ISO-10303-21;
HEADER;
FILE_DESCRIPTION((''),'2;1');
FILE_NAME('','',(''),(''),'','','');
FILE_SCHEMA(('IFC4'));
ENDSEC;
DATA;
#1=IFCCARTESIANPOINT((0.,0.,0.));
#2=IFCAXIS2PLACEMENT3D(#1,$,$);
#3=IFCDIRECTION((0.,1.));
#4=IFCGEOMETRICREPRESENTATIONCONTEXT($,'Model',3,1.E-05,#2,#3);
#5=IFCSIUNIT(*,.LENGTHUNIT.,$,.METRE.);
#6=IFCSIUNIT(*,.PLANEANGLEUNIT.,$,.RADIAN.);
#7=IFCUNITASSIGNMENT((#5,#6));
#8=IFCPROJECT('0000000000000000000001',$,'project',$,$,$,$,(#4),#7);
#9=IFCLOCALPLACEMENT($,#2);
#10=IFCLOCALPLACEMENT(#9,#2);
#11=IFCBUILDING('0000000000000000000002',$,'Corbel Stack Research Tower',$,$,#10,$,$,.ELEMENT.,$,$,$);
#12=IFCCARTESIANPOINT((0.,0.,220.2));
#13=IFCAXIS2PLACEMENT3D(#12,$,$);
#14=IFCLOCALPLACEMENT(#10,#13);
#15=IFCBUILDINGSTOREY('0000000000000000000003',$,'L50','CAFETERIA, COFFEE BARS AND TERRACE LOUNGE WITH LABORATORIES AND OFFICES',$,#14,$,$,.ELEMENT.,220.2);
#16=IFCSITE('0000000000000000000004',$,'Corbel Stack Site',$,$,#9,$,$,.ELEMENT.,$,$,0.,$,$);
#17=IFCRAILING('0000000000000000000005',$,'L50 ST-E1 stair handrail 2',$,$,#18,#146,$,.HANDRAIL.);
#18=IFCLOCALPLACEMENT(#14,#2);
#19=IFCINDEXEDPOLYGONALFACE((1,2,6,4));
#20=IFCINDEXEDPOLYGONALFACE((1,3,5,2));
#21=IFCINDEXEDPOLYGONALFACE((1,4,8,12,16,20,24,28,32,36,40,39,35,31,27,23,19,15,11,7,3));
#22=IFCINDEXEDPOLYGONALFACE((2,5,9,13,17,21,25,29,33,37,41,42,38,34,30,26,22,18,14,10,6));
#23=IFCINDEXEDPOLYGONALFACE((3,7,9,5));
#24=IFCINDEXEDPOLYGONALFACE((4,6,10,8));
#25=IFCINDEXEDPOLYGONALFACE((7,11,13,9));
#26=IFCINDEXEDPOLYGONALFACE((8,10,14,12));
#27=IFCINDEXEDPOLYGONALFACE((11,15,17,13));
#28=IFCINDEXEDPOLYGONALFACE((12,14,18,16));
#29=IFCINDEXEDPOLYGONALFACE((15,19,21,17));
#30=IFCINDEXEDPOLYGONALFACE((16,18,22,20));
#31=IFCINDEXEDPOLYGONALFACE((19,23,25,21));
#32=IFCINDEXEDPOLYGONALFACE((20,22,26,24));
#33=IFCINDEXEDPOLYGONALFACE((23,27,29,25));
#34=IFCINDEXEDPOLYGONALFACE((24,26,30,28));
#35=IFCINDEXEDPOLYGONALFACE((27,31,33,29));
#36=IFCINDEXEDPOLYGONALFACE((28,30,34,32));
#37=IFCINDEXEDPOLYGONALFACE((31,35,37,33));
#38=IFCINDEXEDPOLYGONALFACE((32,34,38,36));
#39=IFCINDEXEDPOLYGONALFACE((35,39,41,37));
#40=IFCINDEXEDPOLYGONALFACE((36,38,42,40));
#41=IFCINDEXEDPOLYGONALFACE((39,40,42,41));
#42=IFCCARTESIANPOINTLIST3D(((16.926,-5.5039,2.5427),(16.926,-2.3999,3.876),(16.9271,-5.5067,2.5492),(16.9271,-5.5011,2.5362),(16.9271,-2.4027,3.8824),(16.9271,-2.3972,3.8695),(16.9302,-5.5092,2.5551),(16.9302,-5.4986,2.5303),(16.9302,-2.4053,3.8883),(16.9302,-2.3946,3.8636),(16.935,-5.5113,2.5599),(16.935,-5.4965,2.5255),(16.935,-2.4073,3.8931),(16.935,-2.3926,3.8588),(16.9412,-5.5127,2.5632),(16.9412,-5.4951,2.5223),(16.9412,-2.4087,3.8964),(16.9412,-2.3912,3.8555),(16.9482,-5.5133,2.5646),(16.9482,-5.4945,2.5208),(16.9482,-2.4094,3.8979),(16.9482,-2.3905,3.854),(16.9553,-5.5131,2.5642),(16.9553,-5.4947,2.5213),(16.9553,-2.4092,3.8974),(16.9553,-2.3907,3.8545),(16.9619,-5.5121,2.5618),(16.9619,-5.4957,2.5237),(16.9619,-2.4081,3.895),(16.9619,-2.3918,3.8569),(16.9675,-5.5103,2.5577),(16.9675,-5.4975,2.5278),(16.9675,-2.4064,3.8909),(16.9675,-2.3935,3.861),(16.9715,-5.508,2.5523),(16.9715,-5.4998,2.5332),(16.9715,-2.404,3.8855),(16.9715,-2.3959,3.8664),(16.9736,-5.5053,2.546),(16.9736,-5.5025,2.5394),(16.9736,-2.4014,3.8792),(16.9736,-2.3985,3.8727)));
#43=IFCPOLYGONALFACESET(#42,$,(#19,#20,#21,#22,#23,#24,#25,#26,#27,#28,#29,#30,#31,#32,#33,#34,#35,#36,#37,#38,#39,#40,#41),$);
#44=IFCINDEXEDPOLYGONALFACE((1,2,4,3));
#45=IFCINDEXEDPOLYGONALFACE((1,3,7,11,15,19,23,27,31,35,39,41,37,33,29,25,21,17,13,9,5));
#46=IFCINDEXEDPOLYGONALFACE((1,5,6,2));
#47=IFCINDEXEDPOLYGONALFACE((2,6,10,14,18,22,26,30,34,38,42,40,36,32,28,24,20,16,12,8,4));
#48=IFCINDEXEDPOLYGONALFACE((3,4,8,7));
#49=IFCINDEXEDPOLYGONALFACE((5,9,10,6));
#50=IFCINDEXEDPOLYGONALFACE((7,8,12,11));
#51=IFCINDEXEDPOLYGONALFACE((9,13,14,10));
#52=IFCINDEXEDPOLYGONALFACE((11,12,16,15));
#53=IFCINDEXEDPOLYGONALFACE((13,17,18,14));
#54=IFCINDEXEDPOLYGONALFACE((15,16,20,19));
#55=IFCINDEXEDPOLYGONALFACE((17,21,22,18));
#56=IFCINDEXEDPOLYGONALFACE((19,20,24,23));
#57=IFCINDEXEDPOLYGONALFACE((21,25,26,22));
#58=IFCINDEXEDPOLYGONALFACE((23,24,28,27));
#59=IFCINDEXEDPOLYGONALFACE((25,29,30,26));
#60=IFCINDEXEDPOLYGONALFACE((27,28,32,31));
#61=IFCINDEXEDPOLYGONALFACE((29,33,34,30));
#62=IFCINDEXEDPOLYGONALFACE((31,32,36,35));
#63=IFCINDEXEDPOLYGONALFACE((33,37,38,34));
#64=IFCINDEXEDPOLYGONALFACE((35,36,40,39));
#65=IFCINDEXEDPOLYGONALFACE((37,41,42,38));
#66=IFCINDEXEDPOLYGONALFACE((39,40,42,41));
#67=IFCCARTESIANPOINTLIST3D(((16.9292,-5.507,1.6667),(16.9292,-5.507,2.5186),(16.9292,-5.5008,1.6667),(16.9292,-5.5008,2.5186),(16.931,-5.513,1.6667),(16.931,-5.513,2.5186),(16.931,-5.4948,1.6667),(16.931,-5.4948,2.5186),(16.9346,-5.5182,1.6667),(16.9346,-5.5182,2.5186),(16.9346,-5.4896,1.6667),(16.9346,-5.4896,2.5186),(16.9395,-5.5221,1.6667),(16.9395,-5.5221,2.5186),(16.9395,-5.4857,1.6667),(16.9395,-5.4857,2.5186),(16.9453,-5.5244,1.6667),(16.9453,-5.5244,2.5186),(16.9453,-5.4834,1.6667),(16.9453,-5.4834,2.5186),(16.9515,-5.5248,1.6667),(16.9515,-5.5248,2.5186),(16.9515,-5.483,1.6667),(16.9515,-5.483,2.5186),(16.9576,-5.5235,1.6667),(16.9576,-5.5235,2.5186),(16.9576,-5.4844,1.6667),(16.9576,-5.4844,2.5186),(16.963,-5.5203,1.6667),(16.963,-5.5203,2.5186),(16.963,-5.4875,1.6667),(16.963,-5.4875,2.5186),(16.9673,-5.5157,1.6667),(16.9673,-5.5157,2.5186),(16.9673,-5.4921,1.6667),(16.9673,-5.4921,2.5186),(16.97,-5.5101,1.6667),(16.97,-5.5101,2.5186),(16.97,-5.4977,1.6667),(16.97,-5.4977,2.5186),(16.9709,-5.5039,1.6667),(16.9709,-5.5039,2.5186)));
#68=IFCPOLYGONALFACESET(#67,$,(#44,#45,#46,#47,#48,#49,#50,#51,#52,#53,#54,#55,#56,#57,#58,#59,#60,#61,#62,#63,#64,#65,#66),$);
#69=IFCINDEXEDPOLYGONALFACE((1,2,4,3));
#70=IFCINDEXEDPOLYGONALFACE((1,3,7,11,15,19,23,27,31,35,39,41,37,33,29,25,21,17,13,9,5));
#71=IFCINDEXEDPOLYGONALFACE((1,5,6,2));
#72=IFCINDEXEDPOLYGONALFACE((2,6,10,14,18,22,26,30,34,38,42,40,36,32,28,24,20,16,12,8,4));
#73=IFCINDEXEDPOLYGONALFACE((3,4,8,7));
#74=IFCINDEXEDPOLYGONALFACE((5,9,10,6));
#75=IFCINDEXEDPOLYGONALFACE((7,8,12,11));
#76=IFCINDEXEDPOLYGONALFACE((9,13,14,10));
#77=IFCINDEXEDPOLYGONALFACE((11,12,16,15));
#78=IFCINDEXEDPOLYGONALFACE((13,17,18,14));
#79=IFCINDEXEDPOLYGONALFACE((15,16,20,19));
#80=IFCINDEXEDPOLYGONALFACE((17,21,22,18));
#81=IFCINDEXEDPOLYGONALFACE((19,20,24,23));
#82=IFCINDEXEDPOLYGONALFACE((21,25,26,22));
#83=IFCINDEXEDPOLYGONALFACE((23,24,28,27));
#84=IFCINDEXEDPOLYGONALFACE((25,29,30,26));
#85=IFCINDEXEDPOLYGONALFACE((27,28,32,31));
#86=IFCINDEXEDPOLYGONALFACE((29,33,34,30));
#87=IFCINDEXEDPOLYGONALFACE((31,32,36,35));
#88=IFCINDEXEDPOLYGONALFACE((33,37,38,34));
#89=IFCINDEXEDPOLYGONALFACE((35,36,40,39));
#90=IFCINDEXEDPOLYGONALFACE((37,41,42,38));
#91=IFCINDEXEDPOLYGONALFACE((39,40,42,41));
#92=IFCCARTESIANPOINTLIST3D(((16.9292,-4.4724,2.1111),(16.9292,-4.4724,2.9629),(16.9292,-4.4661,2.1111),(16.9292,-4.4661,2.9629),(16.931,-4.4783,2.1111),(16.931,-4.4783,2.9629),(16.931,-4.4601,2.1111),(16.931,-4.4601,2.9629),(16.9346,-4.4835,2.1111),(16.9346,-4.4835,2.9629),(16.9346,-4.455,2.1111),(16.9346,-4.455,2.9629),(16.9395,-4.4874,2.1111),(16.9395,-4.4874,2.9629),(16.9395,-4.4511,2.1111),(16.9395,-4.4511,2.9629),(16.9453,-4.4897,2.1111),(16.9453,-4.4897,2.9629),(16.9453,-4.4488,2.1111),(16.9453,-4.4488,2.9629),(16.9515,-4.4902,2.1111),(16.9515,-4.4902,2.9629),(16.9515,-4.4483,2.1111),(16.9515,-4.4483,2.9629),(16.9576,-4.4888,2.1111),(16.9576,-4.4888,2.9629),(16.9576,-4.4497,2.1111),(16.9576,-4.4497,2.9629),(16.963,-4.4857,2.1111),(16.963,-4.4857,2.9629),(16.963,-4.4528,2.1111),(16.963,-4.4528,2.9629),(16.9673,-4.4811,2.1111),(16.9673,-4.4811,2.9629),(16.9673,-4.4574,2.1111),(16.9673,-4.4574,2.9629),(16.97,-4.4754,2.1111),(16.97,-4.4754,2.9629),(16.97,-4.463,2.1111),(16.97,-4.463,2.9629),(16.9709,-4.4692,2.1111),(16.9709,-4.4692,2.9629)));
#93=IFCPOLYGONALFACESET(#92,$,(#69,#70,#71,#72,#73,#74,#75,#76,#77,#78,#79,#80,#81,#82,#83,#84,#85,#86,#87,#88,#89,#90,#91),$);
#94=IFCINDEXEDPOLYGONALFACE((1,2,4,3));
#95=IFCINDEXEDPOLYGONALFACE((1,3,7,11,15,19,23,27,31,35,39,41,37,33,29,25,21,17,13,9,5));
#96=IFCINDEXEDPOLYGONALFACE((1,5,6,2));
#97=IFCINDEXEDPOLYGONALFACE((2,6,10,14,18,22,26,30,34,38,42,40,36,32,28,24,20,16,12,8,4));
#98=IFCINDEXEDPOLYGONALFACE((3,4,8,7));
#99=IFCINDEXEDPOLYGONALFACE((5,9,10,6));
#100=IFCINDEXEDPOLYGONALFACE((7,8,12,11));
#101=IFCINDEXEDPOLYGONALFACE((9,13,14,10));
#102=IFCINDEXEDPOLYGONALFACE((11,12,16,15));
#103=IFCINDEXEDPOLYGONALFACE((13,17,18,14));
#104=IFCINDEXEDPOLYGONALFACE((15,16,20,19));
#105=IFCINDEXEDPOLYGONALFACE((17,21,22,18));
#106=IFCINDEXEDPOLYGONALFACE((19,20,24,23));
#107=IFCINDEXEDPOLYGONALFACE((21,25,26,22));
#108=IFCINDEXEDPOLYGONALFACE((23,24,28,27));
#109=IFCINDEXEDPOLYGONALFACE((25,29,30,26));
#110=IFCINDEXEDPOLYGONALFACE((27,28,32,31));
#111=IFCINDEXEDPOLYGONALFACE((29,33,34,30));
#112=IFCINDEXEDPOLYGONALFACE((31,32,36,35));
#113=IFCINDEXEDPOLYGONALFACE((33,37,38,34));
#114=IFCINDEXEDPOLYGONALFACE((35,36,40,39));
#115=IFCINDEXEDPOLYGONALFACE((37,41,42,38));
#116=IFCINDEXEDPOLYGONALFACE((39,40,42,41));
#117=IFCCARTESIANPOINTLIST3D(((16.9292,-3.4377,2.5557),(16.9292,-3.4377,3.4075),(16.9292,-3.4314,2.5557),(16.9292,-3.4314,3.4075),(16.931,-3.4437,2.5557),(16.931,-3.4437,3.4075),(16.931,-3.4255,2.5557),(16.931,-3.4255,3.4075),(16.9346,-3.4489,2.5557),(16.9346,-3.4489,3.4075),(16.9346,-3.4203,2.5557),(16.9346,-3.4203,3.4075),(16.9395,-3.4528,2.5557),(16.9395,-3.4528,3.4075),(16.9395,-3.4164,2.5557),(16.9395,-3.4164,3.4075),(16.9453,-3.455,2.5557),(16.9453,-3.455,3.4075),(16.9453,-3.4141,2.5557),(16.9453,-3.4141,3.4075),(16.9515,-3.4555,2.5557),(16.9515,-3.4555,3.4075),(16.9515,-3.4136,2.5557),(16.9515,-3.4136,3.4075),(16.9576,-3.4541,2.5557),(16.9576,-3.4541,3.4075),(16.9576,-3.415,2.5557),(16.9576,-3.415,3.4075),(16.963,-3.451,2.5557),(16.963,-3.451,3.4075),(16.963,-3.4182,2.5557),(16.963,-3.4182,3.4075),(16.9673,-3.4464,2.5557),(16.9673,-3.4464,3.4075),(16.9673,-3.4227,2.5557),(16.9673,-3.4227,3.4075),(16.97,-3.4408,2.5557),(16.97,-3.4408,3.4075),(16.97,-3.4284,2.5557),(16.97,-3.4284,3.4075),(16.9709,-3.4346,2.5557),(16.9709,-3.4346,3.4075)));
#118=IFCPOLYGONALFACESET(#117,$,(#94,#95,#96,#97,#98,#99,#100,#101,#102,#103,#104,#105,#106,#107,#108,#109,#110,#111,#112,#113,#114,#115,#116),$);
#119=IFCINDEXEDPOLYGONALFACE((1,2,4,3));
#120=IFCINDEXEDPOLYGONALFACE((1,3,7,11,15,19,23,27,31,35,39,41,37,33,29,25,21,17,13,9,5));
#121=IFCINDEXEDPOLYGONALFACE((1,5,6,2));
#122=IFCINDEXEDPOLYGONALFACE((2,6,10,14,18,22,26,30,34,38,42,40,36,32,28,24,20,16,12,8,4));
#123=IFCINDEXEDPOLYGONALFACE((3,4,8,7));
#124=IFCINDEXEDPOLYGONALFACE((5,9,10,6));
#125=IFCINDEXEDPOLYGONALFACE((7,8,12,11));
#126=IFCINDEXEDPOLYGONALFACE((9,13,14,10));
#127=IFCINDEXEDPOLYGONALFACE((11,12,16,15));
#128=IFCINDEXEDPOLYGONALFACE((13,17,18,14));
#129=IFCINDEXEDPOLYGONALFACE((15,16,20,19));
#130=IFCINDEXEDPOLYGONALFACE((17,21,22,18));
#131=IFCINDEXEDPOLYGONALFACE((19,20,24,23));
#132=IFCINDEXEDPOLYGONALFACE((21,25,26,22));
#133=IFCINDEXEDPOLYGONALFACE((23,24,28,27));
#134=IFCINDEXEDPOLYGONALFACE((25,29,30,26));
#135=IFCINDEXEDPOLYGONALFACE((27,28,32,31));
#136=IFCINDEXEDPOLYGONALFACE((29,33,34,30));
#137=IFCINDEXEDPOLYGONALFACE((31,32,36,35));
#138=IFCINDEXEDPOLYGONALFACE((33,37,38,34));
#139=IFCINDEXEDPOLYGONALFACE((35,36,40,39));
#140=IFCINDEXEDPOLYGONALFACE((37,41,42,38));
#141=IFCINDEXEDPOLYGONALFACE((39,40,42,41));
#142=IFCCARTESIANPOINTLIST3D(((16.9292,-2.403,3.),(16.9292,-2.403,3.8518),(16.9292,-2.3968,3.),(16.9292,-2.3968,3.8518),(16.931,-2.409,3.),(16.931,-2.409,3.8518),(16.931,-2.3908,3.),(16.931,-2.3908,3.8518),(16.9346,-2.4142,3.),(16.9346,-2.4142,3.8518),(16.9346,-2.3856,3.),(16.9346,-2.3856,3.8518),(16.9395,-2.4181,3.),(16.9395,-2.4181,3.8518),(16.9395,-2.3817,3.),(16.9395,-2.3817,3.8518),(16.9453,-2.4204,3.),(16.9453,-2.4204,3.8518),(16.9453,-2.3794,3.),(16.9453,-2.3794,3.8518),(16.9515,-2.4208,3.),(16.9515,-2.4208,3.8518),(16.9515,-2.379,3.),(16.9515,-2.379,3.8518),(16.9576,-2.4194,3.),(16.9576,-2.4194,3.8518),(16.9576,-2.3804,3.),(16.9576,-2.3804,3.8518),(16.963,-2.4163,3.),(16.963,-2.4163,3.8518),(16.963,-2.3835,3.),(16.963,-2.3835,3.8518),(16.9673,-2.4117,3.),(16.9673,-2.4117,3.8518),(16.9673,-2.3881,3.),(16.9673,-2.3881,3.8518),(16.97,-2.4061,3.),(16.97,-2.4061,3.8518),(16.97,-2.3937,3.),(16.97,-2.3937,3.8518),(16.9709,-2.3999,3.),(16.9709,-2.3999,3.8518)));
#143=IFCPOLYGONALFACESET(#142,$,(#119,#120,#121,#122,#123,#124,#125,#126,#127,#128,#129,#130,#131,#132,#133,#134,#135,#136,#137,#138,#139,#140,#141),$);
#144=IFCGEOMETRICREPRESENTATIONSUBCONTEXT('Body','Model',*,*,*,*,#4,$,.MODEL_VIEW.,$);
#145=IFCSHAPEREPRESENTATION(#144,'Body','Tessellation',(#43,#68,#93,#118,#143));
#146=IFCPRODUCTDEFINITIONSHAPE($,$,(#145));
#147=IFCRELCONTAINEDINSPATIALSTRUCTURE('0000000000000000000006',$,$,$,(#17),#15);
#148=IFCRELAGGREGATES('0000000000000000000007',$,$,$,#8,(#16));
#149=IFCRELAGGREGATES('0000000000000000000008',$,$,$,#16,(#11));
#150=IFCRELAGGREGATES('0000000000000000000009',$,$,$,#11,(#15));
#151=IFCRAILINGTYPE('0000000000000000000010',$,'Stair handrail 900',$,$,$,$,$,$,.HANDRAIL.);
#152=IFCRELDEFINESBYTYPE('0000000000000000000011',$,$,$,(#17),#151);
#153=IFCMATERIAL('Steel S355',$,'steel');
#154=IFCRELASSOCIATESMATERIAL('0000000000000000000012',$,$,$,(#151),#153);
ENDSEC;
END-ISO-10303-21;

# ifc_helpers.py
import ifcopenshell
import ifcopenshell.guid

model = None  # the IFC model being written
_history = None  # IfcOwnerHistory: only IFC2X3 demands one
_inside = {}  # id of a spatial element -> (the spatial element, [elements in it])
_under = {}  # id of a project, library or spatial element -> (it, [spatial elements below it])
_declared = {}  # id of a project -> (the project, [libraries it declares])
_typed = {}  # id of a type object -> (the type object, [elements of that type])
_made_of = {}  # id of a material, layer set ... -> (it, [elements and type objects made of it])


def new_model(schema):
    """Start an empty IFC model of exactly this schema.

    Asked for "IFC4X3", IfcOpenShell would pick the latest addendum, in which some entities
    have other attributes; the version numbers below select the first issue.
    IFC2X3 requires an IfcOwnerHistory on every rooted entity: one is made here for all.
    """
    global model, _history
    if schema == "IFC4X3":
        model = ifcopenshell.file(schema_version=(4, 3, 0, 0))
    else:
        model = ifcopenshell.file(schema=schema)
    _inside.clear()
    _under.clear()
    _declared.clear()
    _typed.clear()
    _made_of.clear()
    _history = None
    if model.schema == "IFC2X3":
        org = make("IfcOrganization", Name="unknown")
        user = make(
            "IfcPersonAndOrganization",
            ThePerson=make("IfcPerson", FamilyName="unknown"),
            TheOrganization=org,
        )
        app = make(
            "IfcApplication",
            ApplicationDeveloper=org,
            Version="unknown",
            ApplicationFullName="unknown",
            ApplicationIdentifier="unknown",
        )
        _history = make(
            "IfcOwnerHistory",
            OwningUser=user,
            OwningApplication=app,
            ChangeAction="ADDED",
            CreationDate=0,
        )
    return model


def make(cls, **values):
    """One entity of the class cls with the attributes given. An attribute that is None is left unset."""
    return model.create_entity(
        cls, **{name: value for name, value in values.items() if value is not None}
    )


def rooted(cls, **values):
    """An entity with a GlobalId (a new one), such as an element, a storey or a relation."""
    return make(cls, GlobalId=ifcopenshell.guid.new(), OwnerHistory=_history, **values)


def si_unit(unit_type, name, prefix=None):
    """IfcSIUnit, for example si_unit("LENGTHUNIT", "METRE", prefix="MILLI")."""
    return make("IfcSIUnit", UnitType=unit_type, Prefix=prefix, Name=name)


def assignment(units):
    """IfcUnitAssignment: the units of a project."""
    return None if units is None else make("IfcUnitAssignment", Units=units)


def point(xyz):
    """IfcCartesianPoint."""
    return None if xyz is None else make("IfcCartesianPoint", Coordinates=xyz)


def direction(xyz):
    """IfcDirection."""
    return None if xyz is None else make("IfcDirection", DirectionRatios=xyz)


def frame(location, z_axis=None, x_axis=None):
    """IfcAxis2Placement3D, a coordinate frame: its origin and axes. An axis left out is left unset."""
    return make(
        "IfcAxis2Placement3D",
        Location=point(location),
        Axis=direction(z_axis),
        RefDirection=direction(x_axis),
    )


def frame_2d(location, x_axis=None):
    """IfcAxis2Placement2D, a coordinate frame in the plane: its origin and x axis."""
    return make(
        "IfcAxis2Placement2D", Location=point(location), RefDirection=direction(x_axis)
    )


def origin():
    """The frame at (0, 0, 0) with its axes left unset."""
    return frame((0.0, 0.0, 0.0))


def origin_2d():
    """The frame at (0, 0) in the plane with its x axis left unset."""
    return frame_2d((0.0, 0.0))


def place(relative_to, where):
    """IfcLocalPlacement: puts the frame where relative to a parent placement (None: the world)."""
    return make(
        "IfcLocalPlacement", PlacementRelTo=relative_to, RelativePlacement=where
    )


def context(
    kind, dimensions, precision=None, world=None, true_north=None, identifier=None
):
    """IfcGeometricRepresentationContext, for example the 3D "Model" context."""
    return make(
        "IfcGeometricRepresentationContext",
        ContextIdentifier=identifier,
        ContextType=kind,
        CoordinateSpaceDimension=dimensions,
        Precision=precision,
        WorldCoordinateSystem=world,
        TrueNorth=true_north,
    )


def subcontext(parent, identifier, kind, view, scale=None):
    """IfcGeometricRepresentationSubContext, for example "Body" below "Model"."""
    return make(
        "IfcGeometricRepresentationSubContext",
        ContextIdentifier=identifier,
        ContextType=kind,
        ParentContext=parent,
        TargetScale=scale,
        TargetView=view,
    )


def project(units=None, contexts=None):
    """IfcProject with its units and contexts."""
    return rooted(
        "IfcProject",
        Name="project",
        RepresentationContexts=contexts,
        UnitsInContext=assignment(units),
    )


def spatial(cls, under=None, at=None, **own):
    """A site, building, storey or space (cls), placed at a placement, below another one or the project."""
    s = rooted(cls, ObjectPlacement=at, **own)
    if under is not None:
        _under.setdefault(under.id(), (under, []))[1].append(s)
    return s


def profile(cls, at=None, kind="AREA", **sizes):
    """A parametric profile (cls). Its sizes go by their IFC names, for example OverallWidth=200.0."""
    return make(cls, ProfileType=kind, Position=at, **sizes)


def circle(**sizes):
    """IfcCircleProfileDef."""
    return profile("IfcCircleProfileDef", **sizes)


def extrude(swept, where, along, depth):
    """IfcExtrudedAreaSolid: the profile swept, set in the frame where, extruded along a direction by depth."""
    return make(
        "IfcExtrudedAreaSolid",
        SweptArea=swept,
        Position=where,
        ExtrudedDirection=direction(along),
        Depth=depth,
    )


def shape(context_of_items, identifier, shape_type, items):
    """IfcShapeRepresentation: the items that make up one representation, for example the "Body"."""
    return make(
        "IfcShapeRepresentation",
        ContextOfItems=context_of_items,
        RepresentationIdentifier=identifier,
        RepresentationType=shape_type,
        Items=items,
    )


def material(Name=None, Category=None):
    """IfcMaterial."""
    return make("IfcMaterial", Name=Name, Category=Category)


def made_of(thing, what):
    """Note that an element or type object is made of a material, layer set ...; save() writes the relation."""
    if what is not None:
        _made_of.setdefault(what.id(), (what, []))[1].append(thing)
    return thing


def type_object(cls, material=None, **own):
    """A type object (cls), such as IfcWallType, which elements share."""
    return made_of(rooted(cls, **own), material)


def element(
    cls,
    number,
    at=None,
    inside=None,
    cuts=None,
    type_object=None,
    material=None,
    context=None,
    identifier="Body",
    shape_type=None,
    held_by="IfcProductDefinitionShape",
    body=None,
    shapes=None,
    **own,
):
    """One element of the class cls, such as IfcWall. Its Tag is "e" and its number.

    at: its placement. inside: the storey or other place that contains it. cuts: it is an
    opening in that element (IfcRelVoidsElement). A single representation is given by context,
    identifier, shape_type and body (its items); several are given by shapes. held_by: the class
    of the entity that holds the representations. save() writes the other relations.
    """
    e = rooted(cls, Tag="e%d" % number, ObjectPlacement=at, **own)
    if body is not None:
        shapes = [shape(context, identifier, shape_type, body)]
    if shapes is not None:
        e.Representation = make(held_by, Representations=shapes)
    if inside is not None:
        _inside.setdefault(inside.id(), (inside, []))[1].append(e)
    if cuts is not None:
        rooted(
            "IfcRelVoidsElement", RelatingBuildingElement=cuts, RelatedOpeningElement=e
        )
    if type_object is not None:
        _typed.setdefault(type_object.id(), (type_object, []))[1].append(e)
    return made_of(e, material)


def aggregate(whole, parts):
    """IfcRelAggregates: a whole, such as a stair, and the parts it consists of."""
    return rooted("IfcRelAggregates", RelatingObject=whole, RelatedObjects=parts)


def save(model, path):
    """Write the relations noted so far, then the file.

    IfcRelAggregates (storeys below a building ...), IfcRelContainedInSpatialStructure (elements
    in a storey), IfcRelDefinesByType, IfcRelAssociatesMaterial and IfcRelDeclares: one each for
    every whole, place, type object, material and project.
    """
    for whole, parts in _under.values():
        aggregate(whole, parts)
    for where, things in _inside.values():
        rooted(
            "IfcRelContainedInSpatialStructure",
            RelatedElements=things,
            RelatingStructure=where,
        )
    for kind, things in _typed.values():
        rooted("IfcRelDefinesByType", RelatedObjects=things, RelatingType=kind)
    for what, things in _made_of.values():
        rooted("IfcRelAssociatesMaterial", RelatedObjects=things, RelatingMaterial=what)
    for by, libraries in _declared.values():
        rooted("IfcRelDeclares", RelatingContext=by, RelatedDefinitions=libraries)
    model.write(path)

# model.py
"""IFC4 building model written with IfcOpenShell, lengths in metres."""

from ifc_helpers import new_model, si_unit, direction, frame, origin, origin_2d, place, context, subcontext, project, spatial, circle, extrude, material, type_object, element, save


model = new_model("IFC4")

# Units and contexts
model_context = context("Model", 3, precision=1e-05, world=origin(), true_north=direction((0.0, 1.0)))
body_context = subcontext(model_context, "Body", "Model", "MODEL_VIEW")
ifc_project = project(units=[si_unit("LENGTHUNIT", "METRE"), si_unit("PLANEANGLEUNIT", "RADIAN")], contexts=[model_context])

# Site, building, storey
site_placement = place(None, origin())
site = spatial("IfcSite", under=ifc_project, at=site_placement, Name="Corbel Stack Site", CompositionType="ELEMENT", RefElevation=0.0)
building_placement = place(site_placement, origin())
building = spatial("IfcBuilding", under=site, at=building_placement, Name="Corbel Stack Research Tower", CompositionType="ELEMENT")
storey_placement = place(building_placement, frame((0.0, 0.0, 220.2)))
storey = spatial("IfcBuildingStorey", under=building, at=storey_placement, Name="L50", Description="CAFETERIA, COFFEE BARS AND TERRACE LOUNGE WITH LABORATORIES AND OFFICES", CompositionType="ELEMENT", Elevation=220.2)

# Railing
ifc_material_1 = material(Name="Steel S355", Category="steel")
railing_type_1 = type_object("IfcRailingType", Name="Stair handrail 900", PredefinedType="HANDRAIL", material=ifc_material_1)
railing_1_placement = place(storey_placement, frame((16.95, -5.5039, 1.6667)))
element("IfcRailing", 1, at=railing_1_placement, inside=storey, type_object=railing_type_1, Name="L50 ST-E1 stair handrail 2", PredefinedType="HANDRAIL", context=body_context, shape_type="SweptSolid", body=[
    extrude(circle(Radius=0.0239, at=origin_2d()), frame((0.0, 0.0, 0.876), z_axis=(0.0, 0.918827, 0.394661), x_axis=(-1.0, 0.0, 0.0)), (0.0, 0.0, 1.0), 3.3782),
    extrude(circle(Radius=0.021, at=origin_2d()), origin(), (0.0, 0.0, 1.0), 0.8518),
    extrude(circle(Radius=0.021, at=origin_2d()), frame((0.0, 1.0347, 0.4443)), (0.0, 0.0, 1.0), 0.8518),
    extrude(circle(Radius=0.021, at=origin_2d()), frame((0.0, 2.0693, 0.8889)), (0.0, 0.0, 1.0), 0.8518),
    extrude(circle(Radius=0.021, at=origin_2d()), frame((0.0, 3.104, 1.3333)), (0.0, 0.0, 1.0), 0.8518),
])

save(model, "model.ifc")
